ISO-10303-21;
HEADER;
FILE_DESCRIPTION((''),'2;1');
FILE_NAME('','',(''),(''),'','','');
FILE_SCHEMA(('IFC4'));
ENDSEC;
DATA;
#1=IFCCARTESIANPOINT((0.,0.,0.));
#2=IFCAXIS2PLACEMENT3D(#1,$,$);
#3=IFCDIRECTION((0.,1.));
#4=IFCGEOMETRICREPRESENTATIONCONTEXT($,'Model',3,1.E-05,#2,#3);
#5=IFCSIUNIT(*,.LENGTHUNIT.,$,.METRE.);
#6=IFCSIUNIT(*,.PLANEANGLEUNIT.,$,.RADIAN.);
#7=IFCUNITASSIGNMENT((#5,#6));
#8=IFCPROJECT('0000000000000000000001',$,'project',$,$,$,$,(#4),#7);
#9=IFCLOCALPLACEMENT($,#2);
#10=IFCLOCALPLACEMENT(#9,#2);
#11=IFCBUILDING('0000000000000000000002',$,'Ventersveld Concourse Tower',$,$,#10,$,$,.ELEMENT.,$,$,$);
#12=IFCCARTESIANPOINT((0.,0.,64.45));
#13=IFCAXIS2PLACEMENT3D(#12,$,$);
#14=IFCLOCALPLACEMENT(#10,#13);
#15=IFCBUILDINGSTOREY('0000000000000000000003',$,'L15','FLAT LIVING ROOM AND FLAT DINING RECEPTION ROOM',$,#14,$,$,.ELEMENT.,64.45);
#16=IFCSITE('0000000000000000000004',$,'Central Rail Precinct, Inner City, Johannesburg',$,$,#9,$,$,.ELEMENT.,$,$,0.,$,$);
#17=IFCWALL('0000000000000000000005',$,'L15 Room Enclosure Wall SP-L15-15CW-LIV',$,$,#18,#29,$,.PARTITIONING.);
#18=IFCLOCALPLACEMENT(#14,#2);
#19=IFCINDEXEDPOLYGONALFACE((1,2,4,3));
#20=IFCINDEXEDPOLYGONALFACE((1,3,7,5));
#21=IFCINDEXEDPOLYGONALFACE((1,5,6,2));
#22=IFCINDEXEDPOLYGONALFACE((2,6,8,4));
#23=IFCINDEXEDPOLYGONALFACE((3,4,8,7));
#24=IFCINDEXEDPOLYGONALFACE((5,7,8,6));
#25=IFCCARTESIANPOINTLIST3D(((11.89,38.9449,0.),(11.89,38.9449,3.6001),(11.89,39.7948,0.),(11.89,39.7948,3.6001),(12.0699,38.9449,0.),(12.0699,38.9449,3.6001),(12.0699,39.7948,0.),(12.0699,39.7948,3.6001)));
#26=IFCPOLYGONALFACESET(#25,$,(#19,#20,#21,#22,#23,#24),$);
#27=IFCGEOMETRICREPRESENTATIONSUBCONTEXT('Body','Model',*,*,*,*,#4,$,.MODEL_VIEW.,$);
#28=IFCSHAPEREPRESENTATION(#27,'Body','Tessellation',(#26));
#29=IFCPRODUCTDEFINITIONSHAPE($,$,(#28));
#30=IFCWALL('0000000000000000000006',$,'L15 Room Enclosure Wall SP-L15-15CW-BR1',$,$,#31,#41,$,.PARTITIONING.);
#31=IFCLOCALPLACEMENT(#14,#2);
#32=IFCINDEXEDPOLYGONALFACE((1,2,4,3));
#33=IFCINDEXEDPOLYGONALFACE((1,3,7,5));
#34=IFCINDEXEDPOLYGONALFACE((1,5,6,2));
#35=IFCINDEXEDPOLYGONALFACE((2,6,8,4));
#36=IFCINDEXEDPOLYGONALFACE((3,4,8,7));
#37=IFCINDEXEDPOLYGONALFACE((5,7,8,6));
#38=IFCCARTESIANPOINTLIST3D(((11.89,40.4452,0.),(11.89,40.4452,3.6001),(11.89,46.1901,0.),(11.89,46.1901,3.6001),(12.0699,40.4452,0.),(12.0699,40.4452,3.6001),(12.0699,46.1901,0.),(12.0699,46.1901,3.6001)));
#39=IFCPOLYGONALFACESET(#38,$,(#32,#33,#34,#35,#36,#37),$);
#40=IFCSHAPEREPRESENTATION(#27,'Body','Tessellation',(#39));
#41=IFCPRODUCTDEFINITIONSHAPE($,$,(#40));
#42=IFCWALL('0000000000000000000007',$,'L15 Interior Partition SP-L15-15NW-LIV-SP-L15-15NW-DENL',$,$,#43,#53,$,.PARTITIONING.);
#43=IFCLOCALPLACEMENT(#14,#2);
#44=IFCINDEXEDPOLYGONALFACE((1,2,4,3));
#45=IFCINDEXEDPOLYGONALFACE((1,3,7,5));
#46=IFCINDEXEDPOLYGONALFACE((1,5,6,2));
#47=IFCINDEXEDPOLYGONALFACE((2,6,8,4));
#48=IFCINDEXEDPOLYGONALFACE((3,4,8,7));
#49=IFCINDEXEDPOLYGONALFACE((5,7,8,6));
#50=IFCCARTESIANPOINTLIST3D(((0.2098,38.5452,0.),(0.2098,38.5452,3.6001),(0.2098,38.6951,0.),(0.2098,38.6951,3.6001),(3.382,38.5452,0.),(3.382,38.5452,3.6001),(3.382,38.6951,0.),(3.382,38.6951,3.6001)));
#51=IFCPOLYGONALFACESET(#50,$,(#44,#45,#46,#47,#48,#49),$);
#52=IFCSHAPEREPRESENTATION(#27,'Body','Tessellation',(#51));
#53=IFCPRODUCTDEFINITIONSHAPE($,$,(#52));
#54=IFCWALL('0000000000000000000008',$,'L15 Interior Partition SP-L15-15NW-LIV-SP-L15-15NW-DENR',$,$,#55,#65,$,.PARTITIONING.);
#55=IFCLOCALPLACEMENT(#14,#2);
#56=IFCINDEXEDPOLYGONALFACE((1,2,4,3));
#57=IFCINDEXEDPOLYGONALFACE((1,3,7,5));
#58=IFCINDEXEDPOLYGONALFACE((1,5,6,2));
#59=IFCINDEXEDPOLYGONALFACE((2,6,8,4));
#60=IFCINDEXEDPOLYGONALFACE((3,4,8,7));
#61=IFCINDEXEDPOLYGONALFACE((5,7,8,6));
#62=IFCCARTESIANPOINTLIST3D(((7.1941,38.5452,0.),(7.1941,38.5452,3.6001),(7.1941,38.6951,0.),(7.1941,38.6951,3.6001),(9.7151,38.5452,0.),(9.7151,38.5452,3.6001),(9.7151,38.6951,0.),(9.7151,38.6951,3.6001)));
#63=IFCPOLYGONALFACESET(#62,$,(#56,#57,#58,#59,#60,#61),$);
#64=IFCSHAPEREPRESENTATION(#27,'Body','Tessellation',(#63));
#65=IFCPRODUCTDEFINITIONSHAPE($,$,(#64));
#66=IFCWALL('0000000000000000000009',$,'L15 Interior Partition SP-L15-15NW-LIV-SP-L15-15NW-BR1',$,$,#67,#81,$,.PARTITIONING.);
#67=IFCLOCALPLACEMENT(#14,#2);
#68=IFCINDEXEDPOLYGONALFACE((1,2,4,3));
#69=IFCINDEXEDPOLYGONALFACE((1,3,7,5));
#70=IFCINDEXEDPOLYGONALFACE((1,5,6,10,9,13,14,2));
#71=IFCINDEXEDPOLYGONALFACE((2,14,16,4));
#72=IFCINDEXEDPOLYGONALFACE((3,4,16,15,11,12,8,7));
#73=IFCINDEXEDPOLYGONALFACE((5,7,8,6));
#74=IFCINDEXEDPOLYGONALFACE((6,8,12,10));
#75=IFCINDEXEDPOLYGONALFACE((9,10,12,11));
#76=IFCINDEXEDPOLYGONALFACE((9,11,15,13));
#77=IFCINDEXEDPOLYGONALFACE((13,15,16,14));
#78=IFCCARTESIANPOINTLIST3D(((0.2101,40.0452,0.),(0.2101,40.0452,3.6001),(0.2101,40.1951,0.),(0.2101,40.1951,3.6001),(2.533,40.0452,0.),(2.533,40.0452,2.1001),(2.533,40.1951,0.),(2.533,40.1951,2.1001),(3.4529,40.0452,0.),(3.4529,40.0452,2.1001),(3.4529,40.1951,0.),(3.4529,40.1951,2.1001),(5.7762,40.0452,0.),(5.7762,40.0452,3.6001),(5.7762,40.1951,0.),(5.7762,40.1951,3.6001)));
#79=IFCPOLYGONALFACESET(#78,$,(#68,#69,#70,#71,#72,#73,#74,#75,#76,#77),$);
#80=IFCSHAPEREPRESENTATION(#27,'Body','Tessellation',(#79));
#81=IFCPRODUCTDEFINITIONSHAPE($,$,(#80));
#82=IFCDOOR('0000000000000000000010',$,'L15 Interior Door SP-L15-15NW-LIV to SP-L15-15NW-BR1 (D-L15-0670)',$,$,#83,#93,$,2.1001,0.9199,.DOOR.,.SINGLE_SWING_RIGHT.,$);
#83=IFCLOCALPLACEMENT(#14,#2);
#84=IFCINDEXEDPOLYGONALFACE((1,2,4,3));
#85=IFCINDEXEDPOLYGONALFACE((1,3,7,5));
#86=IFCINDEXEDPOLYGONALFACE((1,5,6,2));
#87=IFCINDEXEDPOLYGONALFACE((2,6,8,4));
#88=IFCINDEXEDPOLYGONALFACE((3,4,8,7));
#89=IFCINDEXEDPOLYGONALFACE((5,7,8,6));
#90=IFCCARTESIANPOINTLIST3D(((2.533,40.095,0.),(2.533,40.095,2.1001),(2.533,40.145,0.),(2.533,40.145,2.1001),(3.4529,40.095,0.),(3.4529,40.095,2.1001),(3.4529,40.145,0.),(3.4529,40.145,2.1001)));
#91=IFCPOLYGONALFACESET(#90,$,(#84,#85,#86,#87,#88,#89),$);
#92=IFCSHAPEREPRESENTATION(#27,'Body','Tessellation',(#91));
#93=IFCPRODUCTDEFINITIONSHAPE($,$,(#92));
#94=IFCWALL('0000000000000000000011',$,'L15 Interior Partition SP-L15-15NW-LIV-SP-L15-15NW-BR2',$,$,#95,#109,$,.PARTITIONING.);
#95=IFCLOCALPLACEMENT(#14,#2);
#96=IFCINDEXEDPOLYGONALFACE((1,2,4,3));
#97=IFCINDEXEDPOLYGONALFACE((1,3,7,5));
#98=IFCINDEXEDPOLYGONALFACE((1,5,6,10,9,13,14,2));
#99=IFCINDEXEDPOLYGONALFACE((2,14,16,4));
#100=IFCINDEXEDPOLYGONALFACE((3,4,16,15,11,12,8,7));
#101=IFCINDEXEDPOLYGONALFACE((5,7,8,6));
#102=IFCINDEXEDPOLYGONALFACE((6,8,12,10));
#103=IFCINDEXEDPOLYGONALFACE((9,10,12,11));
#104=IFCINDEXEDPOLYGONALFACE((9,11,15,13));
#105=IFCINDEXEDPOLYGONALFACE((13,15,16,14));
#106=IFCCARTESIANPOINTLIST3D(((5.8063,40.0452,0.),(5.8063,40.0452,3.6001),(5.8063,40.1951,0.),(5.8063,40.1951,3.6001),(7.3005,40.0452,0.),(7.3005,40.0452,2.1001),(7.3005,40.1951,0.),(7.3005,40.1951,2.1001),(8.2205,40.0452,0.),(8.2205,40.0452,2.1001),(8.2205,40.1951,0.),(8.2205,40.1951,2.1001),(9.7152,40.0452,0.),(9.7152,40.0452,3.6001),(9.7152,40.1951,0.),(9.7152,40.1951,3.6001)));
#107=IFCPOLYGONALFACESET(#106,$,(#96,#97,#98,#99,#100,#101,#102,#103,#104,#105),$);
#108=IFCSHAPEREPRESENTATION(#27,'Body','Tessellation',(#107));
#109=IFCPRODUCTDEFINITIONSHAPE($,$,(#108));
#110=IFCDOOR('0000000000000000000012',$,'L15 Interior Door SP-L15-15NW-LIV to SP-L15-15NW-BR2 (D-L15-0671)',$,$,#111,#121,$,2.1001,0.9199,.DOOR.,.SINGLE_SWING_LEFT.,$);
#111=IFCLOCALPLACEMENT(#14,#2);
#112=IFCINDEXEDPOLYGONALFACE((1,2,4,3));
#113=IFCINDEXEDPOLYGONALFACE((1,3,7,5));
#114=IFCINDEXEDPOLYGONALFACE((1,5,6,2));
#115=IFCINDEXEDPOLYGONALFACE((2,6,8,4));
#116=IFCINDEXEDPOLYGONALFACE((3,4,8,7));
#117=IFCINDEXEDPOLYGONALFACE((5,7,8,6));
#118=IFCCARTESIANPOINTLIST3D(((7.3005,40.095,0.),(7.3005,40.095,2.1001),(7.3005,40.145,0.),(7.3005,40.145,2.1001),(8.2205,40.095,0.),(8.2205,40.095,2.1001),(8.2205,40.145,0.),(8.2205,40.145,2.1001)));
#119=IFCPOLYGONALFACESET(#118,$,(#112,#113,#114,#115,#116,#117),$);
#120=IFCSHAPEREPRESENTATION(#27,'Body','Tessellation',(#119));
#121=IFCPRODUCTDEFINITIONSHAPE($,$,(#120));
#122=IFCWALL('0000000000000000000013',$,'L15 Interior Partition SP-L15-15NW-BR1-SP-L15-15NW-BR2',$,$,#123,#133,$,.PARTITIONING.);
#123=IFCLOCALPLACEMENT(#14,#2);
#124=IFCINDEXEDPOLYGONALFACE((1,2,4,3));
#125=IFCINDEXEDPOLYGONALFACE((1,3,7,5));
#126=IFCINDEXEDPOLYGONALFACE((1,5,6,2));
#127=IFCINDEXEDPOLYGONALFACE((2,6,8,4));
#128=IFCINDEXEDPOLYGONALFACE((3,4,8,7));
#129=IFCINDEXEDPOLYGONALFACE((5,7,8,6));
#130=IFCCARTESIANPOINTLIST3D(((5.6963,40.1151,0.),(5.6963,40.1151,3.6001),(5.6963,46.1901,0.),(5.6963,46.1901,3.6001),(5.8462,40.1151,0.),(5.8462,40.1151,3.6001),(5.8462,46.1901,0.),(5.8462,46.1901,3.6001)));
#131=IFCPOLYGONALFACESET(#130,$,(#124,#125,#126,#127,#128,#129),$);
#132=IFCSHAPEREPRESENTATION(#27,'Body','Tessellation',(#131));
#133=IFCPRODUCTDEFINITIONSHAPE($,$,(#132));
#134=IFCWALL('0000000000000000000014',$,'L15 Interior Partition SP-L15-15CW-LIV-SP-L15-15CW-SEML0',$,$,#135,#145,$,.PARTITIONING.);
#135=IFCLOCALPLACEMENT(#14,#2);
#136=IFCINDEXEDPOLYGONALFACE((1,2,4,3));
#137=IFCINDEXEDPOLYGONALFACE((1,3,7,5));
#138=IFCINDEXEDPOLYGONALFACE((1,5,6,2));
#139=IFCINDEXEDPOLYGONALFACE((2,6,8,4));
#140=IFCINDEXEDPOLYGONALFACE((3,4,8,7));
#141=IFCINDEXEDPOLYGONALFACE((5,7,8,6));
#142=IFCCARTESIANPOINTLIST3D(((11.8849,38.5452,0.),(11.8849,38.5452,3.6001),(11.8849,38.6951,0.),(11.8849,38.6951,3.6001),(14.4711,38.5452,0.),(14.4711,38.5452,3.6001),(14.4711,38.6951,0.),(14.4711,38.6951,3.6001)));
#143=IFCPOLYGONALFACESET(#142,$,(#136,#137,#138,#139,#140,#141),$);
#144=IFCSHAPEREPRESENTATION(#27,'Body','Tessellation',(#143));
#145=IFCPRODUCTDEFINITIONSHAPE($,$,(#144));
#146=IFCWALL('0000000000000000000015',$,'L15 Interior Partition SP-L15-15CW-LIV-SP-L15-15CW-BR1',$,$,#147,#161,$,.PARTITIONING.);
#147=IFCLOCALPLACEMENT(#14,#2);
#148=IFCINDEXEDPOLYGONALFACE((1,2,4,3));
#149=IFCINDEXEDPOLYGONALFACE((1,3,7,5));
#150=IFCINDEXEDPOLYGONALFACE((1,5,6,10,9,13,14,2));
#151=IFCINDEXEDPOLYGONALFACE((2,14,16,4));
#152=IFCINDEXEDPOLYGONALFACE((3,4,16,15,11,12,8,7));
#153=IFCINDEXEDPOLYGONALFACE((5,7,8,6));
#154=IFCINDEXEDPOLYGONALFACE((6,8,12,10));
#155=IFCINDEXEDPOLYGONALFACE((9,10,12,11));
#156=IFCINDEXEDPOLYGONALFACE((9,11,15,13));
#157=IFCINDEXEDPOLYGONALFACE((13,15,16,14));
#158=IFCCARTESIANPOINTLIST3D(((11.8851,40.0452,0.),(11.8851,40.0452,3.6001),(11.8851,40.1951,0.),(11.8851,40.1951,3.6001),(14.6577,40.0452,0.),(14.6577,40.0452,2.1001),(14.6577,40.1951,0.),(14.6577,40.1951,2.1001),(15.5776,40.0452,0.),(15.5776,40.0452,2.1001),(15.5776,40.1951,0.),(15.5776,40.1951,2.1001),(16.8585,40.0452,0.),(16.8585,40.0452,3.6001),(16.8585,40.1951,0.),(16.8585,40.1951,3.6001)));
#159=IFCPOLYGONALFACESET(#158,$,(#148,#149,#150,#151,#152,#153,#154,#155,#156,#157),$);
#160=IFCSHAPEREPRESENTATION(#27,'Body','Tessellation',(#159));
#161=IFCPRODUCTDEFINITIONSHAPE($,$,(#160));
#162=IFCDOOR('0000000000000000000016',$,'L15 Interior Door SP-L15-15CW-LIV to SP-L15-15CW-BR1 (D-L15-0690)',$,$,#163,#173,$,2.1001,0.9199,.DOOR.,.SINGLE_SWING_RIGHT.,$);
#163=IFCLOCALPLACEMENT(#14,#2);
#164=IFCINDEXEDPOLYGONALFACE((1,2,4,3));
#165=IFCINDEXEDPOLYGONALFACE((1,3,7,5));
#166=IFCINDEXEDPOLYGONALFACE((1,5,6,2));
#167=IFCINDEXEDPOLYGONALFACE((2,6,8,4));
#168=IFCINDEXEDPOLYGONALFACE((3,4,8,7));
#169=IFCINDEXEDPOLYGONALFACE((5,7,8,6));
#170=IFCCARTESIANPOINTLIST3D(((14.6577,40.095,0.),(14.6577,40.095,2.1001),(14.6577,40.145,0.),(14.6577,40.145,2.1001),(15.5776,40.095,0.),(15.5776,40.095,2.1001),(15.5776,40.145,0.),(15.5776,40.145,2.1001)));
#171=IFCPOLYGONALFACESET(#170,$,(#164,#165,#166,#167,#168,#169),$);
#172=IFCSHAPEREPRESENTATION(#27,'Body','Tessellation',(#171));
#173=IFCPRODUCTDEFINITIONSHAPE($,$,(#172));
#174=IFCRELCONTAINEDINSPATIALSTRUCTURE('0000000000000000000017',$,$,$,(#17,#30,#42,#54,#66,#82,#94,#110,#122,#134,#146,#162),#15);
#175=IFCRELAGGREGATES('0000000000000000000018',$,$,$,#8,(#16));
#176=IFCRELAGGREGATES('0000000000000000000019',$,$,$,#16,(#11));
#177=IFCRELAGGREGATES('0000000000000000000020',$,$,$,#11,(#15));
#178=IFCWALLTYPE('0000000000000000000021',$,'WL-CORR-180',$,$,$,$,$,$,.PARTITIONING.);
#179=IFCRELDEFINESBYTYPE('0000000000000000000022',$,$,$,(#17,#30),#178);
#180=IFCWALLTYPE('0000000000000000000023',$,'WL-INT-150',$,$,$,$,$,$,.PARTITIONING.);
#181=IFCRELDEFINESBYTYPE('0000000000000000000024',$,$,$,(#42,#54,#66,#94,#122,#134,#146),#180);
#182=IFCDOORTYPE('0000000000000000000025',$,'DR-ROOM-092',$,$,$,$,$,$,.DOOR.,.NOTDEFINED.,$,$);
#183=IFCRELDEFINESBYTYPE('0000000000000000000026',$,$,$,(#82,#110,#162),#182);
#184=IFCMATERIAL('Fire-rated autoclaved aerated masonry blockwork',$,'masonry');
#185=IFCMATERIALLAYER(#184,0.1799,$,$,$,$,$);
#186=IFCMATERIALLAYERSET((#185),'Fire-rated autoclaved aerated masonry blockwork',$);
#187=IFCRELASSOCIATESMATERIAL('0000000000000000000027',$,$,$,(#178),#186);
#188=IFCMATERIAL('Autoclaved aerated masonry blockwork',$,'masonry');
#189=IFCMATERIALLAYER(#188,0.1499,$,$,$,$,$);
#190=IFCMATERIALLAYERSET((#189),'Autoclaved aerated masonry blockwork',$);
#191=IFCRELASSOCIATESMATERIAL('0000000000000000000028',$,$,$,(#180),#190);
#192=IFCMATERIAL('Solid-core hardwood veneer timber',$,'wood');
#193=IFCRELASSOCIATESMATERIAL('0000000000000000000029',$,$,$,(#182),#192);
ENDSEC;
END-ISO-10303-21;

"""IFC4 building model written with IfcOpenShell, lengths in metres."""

from ifc_helpers import new_model, si_unit, direction, frame, frame_2d, origin, place, context, subcontext, project, spatial, rectangle, extrude, material, layer, layer_set, type_object, element, fill, save


model = new_model("IFC4")

# Units and contexts
model_context = context("Model", 3, precision=1e-05, world=origin(), true_north=direction((0.0, 1.0)))
body_context = subcontext(model_context, "Body", "Model", "MODEL_VIEW")
ifc_project = project(units=[si_unit("LENGTHUNIT", "METRE"), si_unit("PLANEANGLEUNIT", "RADIAN")], contexts=[model_context])

# Site, building, storey
site_placement = place(None, origin())
site = spatial("IfcSite", under=ifc_project, at=site_placement, Name="Central Rail Precinct, Inner City, Johannesburg", CompositionType="ELEMENT", RefElevation=0.0)
building_placement = place(site_placement, origin())
building = spatial("IfcBuilding", under=site, at=building_placement, Name="Ventersveld Concourse Tower", CompositionType="ELEMENT")
storey_placement = place(building_placement, frame((0.0, 0.0, 64.45)))
storey = spatial("IfcBuildingStorey", under=building, at=storey_placement, Name="L15", Description="FLAT LIVING ROOM AND FLAT DINING RECEPTION ROOM", CompositionType="ELEMENT", Elevation=64.45)

# Walls
ifc_material_1 = material(Name="Fire-rated autoclaved aerated masonry blockwork", Category="masonry")
ifc_layer_1 = layer(ifc_material_1, 0.1799)
ifc_layer_set_1 = layer_set([ifc_layer_1], Name="Fire-rated autoclaved aerated masonry blockwork")
wall_type_1 = type_object("IfcWallType", Name="WL-CORR-180", PredefinedType="PARTITIONING", material=ifc_layer_set_1)
wall_1_placement = place(storey_placement, frame((11.98, 38.9451, 0.0), z_axis=(0.0, 0.0, 1.0), x_axis=(0.0, 1.0, 0.0)))
element("IfcWall", 1, at=wall_1_placement, inside=storey, type_object=wall_type_1, Name="L15 Room Enclosure Wall SP-L15-15CW-LIV", PredefinedType="PARTITIONING", context=body_context, shape_type="SweptSolid", body=[
    extrude(rectangle(XDim=0.8499, YDim=0.1799, at=frame_2d((0.4248, 0.0))), origin(), (0.0, 0.0, 1.0), 3.6001),
])
wall_2_placement = place(storey_placement, frame((11.98, 40.4451, 0.0), z_axis=(0.0, 0.0, 1.0), x_axis=(0.0, 1.0, 0.0)))
element("IfcWall", 2, at=wall_2_placement, inside=storey, type_object=wall_type_1, Name="L15 Room Enclosure Wall SP-L15-15CW-BR1", PredefinedType="PARTITIONING", context=body_context, shape_type="SweptSolid", body=[
    extrude(rectangle(XDim=5.7449, YDim=0.1799, at=frame_2d((2.8726, 0.0))), origin(), (0.0, 0.0, 1.0), 3.6001),
])
ifc_material_2 = material(Name="Autoclaved aerated masonry blockwork", Category="masonry")
ifc_layer_2 = layer(ifc_material_2, 0.1499)
ifc_layer_set_2 = layer_set([ifc_layer_2], Name="Autoclaved aerated masonry blockwork")
wall_type_2 = type_object("IfcWallType", Name="WL-INT-150", PredefinedType="PARTITIONING", material=ifc_layer_set_2)
wall_3_placement = place(storey_placement, frame((0.21, 38.6201, 0.0), z_axis=(0.0, 0.0, 1.0), x_axis=(1.0, 0.0, 0.0)))
element("IfcWall", 3, at=wall_3_placement, inside=storey, type_object=wall_type_2, Name="L15 Interior Partition SP-L15-15NW-LIV-SP-L15-15NW-DENL", PredefinedType="PARTITIONING", context=body_context, shape_type="SweptSolid", body=[
    extrude(rectangle(XDim=3.1721, YDim=0.1499, at=frame_2d((1.5859, 0.0))), origin(), (0.0, 0.0, 1.0), 3.6001),
])
wall_4_placement = place(storey_placement, frame((7.1941, 38.6201, 0.0), z_axis=(0.0, 0.0, 1.0), x_axis=(1.0, 0.0, 0.0)))
element("IfcWall", 4, at=wall_4_placement, inside=storey, type_object=wall_type_2, Name="L15 Interior Partition SP-L15-15NW-LIV-SP-L15-15NW-DENR", PredefinedType="PARTITIONING", context=body_context, shape_type="SweptSolid", body=[
    extrude(rectangle(XDim=2.521, YDim=0.1499, at=frame_2d((1.2605, 0.0))), origin(), (0.0, 0.0, 1.0), 3.6001),
])

# Walls, openings, doors
wall_5_placement = place(storey_placement, frame((0.21, 40.1201, 0.0), z_axis=(0.0, 0.0, 1.0), x_axis=(1.0, 0.0, 0.0)))
wall_5 = element("IfcWall", 5, at=wall_5_placement, inside=storey, type_object=wall_type_2, Name="L15 Interior Partition SP-L15-15NW-LIV-SP-L15-15NW-BR1", PredefinedType="PARTITIONING", context=body_context, shape_type="SweptSolid", body=[
    extrude(rectangle(XDim=5.5662, YDim=0.1499, at=frame_2d((2.7832, 0.0))), origin(), (0.0, 0.0, 1.0), 3.6001),
])
opening_1_placement = place(wall_5_placement, frame((2.323, 0.0, 0.0)))
opening_1 = element("IfcOpeningElement", 6, at=opening_1_placement, cuts=wall_5, PredefinedType="OPENING", context=body_context, shape_type="SweptSolid", body=[
    extrude(rectangle(XDim=0.9199, YDim=2.1001, at=frame_2d((0.46, 1.05))), frame((0.0, 0.085, 0.0), z_axis=(0.0, -1.0, 0.0), x_axis=(1.0, 0.0, 0.0)), (0.0, 0.0, 1.0), 0.1699),
])
ifc_material_3 = material(Name="Solid-core hardwood veneer timber", Category="wood")
door_type = type_object("IfcDoorType", Name="DR-ROOM-092", OperationType="NOTDEFINED", PredefinedType="DOOR", material=ifc_material_3)
door_1_placement = place(opening_1_placement, origin())
door_1 = element("IfcDoor", 7, at=door_1_placement, inside=storey, type_object=door_type, Name="L15 Interior Door SP-L15-15NW-LIV to SP-L15-15NW-BR1 (D-L15-0670)", OperationType="SINGLE_SWING_RIGHT", OverallHeight=2.1001, OverallWidth=0.9199, PredefinedType="DOOR", context=body_context, shape_type="SweptSolid", body=[
    extrude(rectangle(XDim=0.9199, YDim=2.1001, at=frame_2d((0.46, 1.05))), frame((0.0, 0.0249, 0.0), z_axis=(0.0, -1.0, 0.0), x_axis=(1.0, 0.0, 0.0)), (0.0, 0.0, 1.0), 0.05),
])
fill(opening_1, door_1)
wall_6_placement = place(storey_placement, frame((5.8062, 40.1201, 0.0), z_axis=(0.0, 0.0, 1.0), x_axis=(1.0, 0.0, 0.0)))
wall_6 = element("IfcWall", 8, at=wall_6_placement, inside=storey, type_object=wall_type_2, Name="L15 Interior Partition SP-L15-15NW-LIV-SP-L15-15NW-BR2", PredefinedType="PARTITIONING", context=body_context, shape_type="SweptSolid", body=[
    extrude(rectangle(XDim=3.9089, YDim=0.1499, at=frame_2d((1.9546, 0.0))), origin(), (0.0, 0.0, 1.0), 3.6001),
])
opening_2_placement = place(wall_6_placement, frame((1.4944, 0.0, 0.0)))
opening_2 = element("IfcOpeningElement", 9, at=opening_2_placement, cuts=wall_6, PredefinedType="OPENING", context=body_context, shape_type="SweptSolid", body=[
    extrude(rectangle(XDim=0.9199, YDim=2.1001, at=frame_2d((0.46, 1.05))), frame((0.0, 0.085, 0.0), z_axis=(0.0, -1.0, 0.0), x_axis=(1.0, 0.0, 0.0)), (0.0, 0.0, 1.0), 0.1699),
])
door_2_placement = place(opening_2_placement, origin())
door_2 = element("IfcDoor", 10, at=door_2_placement, inside=storey, type_object=door_type, Name="L15 Interior Door SP-L15-15NW-LIV to SP-L15-15NW-BR2 (D-L15-0671)", OperationType="SINGLE_SWING_LEFT", OverallHeight=2.1001, OverallWidth=0.9199, PredefinedType="DOOR", context=body_context, shape_type="SweptSolid", body=[
    extrude(rectangle(XDim=0.9199, YDim=2.1001, at=frame_2d((0.46, 1.05))), frame((0.0, 0.0249, 0.0), z_axis=(0.0, -1.0, 0.0), x_axis=(1.0, 0.0, 0.0)), (0.0, 0.0, 1.0), 0.05),
])
fill(opening_2, door_2)

# Walls
wall_7_placement = place(storey_placement, frame((5.7712, 40.115, 0.0), z_axis=(0.0, 0.0, 1.0), x_axis=(0.0, 1.0, 0.0)))
element("IfcWall", 11, at=wall_7_placement, inside=storey, type_object=wall_type_2, Name="L15 Interior Partition SP-L15-15NW-BR1-SP-L15-15NW-BR2", PredefinedType="PARTITIONING", context=body_context, shape_type="SweptSolid", body=[
    extrude(rectangle(XDim=6.075, YDim=0.1499, at=frame_2d((3.0376, 0.0))), origin(), (0.0, 0.0, 1.0), 3.6001),
])
wall_8_placement = place(storey_placement, frame((11.885, 38.6201, 0.0), z_axis=(0.0, 0.0, 1.0), x_axis=(1.0, 0.0, 0.0)))
element("IfcWall", 12, at=wall_8_placement, inside=storey, type_object=wall_type_2, Name="L15 Interior Partition SP-L15-15CW-LIV-SP-L15-15CW-SEML0", PredefinedType="PARTITIONING", context=body_context, shape_type="SweptSolid", body=[
    extrude(rectangle(XDim=2.5862, YDim=0.1499, at=frame_2d((1.293, 0.0))), origin(), (0.0, 0.0, 1.0), 3.6001),
])

# Wall, opening, door
wall_9_placement = place(storey_placement, frame((11.885, 40.1201, 0.0), z_axis=(0.0, 0.0, 1.0), x_axis=(1.0, 0.0, 0.0)))
wall_9 = element("IfcWall", 13, at=wall_9_placement, inside=storey, type_object=wall_type_2, Name="L15 Interior Partition SP-L15-15CW-LIV-SP-L15-15CW-BR1", PredefinedType="PARTITIONING", context=body_context, shape_type="SweptSolid", body=[
    extrude(rectangle(XDim=4.9734, YDim=0.1499, at=frame_2d((2.4868, 0.0))), origin(), (0.0, 0.0, 1.0), 3.6001),
])
opening_3_placement = place(wall_9_placement, frame((2.7727, 0.0, 0.0)))
opening_3 = element("IfcOpeningElement", 14, at=opening_3_placement, cuts=wall_9, PredefinedType="OPENING", context=body_context, shape_type="SweptSolid", body=[
    extrude(rectangle(XDim=0.9199, YDim=2.1001, at=frame_2d((0.46, 1.05))), frame((0.0, 0.085, 0.0), z_axis=(0.0, -1.0, 0.0), x_axis=(1.0, 0.0, 0.0)), (0.0, 0.0, 1.0), 0.1699),
])
door_3_placement = place(opening_3_placement, origin())
door_3 = element("IfcDoor", 15, at=door_3_placement, inside=storey, type_object=door_type, Name="L15 Interior Door SP-L15-15CW-LIV to SP-L15-15CW-BR1 (D-L15-0690)", OperationType="SINGLE_SWING_RIGHT", OverallHeight=2.1001, OverallWidth=0.9199, PredefinedType="DOOR", context=body_context, shape_type="SweptSolid", body=[
    extrude(rectangle(XDim=0.9199, YDim=2.1001, at=frame_2d((0.46, 1.05))), frame((0.0, 0.0249, 0.0), z_axis=(0.0, -1.0, 0.0), x_axis=(1.0, 0.0, 0.0)), (0.0, 0.0, 1.0), 0.05),
])
fill(opening_3, door_3)

save(model, "model.ifc")
